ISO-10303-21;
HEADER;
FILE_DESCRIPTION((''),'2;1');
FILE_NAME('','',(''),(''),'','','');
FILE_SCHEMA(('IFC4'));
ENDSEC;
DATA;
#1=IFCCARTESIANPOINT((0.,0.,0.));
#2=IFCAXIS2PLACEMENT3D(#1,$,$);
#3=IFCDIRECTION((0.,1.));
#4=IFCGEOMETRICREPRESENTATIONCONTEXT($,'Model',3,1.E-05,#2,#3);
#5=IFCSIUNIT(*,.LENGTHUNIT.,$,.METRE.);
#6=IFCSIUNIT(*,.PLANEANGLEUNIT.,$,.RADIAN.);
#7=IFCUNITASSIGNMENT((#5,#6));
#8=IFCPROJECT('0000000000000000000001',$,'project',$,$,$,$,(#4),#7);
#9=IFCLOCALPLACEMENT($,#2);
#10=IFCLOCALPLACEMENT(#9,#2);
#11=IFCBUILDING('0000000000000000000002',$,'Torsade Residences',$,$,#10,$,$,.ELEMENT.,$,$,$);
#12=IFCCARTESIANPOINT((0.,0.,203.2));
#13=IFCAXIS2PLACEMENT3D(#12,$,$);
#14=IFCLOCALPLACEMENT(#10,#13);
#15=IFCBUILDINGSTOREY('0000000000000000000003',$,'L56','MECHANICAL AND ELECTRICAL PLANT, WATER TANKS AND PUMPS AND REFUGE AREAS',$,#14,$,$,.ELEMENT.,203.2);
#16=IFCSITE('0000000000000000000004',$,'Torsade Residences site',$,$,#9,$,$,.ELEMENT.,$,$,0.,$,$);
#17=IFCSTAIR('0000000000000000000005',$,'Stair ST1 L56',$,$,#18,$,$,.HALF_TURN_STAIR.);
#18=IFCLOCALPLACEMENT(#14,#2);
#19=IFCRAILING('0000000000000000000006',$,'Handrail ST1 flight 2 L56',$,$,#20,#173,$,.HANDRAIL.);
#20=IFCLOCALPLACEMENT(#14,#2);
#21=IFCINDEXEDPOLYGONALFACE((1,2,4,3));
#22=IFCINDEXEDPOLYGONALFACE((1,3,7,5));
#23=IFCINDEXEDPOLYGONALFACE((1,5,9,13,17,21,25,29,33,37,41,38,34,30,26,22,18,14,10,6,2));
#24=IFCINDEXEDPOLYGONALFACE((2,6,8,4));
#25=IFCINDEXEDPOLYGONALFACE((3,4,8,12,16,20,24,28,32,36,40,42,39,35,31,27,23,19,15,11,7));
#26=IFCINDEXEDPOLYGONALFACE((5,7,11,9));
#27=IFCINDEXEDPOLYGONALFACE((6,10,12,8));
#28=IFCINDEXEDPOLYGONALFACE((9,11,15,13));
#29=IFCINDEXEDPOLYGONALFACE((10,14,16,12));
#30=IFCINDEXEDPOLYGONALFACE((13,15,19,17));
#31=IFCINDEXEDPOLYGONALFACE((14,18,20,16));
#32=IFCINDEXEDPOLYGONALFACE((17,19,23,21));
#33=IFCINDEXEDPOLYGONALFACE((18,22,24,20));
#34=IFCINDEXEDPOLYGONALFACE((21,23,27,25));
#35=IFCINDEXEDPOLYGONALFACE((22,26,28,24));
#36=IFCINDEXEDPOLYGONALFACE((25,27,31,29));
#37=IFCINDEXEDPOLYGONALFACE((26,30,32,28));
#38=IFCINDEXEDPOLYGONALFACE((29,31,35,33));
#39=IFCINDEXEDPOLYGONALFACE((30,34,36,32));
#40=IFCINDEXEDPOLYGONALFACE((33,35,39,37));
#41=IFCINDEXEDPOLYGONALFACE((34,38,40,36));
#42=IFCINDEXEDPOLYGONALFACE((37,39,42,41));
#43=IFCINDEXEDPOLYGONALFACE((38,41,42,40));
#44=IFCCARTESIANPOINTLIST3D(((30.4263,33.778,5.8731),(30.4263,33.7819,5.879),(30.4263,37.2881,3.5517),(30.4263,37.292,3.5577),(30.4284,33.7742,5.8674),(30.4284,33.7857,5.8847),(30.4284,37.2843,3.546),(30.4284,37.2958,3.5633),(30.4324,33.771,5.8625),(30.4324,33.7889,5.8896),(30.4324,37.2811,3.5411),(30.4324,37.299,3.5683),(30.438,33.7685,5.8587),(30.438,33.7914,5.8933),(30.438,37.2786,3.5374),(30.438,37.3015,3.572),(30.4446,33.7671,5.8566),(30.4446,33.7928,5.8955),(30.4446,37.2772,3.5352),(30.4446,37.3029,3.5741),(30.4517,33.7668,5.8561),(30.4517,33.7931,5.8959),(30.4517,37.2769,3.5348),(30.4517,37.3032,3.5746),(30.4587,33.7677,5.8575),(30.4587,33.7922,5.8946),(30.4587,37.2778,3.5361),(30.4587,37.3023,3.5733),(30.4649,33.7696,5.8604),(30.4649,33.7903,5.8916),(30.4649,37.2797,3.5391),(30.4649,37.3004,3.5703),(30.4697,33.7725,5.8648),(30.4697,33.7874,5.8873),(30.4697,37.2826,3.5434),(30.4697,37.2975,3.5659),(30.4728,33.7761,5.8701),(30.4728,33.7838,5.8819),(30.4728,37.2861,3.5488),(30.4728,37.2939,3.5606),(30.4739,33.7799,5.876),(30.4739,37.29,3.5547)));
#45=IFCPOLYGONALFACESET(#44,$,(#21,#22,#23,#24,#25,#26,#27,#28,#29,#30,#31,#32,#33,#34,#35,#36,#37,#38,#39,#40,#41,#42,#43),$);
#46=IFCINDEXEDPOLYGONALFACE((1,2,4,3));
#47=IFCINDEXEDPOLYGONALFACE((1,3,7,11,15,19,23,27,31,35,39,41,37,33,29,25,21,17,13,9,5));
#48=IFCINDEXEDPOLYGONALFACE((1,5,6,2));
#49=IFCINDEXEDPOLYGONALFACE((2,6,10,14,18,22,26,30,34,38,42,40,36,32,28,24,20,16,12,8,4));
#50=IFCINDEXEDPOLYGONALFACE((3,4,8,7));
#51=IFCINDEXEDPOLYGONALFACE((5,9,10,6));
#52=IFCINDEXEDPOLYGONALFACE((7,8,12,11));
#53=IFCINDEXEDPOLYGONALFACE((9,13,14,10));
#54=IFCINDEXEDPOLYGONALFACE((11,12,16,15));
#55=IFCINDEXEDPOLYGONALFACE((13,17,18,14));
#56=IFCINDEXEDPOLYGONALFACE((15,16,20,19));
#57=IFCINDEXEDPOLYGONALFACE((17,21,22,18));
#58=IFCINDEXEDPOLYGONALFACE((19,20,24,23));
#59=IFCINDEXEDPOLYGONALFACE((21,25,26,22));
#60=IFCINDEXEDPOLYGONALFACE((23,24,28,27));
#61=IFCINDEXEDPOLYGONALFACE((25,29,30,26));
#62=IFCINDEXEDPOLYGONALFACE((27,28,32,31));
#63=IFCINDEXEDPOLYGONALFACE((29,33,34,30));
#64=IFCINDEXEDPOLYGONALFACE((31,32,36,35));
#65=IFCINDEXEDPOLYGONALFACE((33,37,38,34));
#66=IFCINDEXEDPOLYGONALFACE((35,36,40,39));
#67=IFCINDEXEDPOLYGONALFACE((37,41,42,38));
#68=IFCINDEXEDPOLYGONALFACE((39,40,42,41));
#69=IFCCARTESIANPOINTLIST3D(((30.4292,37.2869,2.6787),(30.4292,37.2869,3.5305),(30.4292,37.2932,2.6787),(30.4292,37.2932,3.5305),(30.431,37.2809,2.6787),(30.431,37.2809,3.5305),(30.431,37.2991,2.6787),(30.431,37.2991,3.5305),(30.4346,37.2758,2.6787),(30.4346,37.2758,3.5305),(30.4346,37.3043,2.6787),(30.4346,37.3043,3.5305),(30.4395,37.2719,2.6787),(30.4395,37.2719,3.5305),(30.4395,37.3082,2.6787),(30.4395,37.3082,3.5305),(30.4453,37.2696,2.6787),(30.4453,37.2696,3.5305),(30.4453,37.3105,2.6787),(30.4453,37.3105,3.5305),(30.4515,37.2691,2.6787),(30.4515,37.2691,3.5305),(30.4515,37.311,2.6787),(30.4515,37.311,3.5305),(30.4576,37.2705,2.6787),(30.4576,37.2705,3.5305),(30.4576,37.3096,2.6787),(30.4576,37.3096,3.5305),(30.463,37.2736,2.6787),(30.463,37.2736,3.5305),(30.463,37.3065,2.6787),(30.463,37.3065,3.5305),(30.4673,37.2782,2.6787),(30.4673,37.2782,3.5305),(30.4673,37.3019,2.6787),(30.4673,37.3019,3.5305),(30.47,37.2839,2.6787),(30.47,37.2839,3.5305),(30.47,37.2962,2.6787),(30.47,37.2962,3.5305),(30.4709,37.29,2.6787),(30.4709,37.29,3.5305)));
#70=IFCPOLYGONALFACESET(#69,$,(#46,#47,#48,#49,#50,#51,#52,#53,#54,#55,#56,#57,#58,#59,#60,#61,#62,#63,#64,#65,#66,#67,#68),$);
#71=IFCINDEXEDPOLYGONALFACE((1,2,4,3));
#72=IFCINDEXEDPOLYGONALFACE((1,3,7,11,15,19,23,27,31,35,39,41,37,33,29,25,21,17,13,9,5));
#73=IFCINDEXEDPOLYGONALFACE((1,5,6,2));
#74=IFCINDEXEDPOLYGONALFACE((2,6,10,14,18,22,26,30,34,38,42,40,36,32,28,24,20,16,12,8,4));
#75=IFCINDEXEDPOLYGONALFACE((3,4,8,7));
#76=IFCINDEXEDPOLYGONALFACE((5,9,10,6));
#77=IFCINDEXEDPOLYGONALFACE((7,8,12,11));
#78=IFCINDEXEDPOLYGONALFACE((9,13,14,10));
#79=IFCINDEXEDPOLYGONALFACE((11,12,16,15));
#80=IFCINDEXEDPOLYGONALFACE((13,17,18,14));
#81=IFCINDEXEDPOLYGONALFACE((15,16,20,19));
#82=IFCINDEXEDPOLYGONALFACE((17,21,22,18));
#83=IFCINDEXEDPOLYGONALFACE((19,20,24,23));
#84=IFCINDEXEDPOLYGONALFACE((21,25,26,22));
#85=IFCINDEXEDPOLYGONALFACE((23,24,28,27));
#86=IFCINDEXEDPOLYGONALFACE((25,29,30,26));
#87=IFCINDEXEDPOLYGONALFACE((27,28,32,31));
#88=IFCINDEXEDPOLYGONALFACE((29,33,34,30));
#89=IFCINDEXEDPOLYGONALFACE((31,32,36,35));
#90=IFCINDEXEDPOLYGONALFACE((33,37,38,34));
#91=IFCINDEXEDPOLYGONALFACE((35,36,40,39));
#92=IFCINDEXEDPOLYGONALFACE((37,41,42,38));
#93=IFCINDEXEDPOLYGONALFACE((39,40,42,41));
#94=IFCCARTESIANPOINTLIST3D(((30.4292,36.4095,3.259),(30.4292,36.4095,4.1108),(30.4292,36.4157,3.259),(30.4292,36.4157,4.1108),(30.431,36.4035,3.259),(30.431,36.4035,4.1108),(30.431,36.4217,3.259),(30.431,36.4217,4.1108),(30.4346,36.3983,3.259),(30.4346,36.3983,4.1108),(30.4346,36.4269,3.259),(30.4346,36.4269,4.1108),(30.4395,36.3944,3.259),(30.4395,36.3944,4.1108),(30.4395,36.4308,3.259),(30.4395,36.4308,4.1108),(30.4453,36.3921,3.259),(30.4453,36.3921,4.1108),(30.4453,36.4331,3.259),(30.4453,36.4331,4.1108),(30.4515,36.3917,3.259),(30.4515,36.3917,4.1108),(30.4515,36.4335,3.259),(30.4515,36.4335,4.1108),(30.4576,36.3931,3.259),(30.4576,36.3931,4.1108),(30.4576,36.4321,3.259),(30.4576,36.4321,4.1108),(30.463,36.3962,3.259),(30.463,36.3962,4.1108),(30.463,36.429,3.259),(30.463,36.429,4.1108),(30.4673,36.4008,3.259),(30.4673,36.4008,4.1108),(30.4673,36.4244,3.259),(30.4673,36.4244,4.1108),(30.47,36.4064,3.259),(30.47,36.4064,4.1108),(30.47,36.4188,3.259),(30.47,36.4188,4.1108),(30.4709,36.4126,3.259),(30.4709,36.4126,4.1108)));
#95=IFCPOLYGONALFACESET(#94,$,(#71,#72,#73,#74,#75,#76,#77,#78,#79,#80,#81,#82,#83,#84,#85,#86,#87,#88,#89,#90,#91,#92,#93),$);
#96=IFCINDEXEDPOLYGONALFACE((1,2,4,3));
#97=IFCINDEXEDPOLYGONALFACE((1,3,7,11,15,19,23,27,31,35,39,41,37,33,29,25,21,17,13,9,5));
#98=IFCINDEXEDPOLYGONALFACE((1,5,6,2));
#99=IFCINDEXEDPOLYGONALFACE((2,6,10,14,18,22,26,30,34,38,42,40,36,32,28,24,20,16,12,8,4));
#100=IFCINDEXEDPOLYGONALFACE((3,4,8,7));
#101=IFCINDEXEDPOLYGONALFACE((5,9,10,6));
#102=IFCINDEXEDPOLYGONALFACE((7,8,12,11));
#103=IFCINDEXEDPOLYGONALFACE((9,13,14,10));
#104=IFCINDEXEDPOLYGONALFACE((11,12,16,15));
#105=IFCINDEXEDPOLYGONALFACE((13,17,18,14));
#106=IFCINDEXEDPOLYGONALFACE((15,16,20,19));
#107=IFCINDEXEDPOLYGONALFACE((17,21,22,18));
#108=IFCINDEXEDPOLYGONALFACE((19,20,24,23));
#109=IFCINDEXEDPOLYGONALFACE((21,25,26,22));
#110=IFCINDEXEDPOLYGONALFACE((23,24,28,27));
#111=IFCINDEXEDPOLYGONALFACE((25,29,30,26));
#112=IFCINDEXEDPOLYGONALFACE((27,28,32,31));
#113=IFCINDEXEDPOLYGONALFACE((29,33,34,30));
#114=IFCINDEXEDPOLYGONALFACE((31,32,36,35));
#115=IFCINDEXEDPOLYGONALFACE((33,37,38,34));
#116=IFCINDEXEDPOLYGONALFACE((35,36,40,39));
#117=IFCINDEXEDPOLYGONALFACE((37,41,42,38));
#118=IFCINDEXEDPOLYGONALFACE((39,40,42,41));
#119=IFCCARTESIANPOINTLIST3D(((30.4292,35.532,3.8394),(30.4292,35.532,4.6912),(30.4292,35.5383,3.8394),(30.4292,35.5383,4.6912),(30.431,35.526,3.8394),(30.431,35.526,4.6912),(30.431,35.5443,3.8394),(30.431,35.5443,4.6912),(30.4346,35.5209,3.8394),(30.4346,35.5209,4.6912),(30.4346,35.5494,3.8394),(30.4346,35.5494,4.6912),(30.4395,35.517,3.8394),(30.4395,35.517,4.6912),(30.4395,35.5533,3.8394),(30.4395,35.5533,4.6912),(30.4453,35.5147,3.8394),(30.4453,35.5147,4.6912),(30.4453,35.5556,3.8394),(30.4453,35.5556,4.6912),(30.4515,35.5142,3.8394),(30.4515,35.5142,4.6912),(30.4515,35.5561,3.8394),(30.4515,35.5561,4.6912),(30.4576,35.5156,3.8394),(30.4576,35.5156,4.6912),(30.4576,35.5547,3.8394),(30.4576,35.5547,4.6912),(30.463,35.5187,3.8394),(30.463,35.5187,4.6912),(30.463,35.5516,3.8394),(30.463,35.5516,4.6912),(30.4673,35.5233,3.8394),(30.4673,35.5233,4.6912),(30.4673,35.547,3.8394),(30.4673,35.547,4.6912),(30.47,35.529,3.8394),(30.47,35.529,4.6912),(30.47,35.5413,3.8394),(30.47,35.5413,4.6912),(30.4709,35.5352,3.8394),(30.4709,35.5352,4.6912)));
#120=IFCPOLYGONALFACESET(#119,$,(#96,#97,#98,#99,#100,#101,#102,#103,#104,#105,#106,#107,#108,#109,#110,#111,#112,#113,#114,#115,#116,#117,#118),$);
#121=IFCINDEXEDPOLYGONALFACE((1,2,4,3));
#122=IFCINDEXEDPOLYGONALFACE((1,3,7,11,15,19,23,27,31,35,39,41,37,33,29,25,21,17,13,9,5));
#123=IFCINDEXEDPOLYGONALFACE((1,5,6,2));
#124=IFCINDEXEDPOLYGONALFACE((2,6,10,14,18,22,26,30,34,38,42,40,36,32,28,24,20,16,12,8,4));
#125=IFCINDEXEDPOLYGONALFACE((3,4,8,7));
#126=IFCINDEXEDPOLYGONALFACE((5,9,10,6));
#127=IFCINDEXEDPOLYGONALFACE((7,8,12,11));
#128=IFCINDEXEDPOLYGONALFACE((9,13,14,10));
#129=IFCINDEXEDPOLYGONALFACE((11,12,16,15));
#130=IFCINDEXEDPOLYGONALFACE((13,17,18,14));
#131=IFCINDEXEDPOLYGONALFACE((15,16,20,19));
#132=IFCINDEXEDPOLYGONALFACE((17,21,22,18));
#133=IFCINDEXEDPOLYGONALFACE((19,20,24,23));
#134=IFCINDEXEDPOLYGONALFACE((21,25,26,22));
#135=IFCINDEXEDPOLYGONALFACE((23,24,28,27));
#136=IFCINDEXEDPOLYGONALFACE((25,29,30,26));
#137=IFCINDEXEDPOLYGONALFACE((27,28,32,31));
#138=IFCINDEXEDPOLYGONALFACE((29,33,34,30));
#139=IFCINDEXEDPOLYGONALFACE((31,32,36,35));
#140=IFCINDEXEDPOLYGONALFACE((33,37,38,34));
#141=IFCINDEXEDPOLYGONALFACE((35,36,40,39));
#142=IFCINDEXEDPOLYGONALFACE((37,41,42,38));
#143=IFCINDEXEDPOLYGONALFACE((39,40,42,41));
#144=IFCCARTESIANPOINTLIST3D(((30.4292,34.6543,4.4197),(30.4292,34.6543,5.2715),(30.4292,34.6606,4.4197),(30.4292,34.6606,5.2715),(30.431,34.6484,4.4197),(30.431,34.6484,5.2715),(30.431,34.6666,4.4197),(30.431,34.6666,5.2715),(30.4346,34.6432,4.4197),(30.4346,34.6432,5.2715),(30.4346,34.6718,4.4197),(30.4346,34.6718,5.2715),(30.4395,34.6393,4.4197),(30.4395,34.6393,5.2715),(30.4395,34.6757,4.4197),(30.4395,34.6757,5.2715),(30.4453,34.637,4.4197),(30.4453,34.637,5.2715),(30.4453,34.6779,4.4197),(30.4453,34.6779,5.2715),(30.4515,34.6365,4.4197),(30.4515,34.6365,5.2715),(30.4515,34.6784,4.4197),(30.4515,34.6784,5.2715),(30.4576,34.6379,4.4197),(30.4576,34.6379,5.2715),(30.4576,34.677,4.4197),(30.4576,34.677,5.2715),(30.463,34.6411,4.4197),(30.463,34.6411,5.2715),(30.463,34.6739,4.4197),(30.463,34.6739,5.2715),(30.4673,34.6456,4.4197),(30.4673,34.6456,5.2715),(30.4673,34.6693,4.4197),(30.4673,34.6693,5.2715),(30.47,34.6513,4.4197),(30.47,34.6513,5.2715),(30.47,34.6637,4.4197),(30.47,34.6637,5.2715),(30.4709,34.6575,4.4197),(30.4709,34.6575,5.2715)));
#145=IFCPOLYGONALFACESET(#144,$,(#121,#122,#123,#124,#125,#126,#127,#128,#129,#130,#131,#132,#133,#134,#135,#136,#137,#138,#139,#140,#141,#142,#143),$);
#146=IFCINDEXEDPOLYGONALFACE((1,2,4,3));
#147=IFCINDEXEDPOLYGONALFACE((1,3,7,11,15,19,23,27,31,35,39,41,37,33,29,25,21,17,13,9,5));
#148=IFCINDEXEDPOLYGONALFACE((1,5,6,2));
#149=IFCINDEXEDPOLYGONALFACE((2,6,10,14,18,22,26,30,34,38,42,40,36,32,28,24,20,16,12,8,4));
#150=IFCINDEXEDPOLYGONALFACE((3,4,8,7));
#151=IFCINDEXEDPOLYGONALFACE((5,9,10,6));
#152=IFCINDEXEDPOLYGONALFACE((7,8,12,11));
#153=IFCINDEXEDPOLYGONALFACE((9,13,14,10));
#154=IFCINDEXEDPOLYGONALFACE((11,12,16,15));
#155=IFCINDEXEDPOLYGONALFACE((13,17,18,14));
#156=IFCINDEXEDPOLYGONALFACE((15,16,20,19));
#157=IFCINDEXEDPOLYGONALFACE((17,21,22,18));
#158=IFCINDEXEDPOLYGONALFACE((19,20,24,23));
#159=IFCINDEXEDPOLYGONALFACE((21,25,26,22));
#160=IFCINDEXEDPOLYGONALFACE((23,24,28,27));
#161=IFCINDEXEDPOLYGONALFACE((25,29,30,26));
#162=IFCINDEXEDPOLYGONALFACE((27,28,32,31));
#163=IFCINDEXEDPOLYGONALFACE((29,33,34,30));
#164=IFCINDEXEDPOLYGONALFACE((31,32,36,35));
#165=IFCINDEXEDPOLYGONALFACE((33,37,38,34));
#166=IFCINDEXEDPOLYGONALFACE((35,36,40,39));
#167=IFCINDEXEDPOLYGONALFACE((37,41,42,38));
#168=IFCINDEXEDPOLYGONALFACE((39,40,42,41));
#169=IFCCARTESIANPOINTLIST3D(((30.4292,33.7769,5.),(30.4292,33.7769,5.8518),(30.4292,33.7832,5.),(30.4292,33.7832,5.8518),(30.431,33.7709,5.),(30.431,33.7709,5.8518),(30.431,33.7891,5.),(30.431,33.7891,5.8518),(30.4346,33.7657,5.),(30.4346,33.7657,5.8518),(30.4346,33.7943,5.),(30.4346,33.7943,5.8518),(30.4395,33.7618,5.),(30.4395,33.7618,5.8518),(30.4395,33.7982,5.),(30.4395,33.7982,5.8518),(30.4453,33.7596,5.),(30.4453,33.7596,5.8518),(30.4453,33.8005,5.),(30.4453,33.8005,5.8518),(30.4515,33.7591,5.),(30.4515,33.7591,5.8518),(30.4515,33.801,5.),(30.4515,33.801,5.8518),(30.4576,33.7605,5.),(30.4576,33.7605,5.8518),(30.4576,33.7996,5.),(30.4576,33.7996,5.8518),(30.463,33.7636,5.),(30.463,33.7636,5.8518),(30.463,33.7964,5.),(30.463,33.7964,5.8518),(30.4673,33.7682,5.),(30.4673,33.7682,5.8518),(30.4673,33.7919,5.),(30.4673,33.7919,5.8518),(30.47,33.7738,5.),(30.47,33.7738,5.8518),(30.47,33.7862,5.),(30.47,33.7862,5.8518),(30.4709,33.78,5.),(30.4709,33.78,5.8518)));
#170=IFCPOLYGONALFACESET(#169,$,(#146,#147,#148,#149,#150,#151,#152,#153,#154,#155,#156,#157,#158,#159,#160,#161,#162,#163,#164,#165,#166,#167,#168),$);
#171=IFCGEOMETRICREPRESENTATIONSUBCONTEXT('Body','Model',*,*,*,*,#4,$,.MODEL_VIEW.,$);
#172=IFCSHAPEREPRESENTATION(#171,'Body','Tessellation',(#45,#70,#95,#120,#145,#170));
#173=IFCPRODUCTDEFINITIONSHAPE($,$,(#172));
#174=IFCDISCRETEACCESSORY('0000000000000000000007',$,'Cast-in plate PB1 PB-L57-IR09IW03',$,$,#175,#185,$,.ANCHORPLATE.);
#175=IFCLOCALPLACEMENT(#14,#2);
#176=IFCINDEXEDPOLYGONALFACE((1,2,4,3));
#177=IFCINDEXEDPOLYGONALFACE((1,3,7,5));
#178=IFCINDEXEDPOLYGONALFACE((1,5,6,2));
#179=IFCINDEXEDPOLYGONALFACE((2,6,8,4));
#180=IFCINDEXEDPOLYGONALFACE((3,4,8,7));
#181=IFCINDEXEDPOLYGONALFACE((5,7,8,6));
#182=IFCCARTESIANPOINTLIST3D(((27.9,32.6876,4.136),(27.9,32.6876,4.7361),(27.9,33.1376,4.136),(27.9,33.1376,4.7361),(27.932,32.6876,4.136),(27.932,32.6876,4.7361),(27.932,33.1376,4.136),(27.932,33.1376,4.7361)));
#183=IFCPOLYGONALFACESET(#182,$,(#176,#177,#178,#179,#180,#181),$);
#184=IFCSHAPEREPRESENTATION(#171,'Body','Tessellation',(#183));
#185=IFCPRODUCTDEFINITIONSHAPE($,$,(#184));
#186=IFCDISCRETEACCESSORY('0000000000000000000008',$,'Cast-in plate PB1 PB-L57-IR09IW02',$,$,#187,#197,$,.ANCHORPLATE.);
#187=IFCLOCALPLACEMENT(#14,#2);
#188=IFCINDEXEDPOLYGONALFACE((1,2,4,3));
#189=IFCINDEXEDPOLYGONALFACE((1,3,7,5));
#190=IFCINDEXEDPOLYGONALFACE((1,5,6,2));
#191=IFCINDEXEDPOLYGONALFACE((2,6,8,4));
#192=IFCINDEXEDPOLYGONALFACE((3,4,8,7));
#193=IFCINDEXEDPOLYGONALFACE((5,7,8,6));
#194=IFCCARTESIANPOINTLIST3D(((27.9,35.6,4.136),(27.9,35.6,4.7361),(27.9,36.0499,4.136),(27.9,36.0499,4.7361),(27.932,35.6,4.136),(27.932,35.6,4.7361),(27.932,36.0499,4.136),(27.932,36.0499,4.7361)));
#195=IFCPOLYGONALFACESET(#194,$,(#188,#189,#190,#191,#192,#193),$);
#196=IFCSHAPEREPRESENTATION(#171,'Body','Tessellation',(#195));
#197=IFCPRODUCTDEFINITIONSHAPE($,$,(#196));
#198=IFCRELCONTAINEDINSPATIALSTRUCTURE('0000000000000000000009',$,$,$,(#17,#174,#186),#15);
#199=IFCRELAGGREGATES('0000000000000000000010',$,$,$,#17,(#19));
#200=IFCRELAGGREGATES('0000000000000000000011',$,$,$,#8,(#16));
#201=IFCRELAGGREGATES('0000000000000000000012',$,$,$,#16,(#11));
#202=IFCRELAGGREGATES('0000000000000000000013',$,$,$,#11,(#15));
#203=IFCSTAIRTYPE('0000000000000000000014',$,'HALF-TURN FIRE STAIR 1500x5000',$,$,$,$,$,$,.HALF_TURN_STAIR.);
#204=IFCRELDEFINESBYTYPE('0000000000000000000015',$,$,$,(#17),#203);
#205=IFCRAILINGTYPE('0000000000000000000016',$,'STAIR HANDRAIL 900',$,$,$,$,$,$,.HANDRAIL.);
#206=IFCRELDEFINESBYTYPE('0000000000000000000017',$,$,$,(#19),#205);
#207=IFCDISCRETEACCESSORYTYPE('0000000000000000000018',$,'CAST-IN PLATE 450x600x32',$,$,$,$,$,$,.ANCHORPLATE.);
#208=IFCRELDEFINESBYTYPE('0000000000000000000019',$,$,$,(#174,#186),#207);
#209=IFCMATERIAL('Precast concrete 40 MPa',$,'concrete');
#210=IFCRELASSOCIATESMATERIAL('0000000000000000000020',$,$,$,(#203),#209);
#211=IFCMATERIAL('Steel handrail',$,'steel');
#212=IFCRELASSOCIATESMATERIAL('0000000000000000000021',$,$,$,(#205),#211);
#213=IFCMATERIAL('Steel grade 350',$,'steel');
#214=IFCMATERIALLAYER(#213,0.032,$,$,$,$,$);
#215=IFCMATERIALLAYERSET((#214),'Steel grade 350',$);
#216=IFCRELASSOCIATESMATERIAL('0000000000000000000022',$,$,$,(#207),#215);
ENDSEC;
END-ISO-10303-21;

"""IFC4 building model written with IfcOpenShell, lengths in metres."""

from ifc_helpers import new_model, si_unit, direction, frame, origin, origin_2d, place, context, subcontext, project, spatial, rectangle, circle, extrude, material, layer, layer_set, type_object, element, aggregate, save


model = new_model("IFC4")

# Units and contexts
model_context = context("Model", 3, precision=1e-05, world=origin(), true_north=direction((0.0, 1.0)))
body_context = subcontext(model_context, "Body", "Model", "MODEL_VIEW")
ifc_project = project(units=[si_unit("LENGTHUNIT", "METRE"), si_unit("PLANEANGLEUNIT", "RADIAN")], contexts=[model_context])

# Site, building, storey
site_placement = place(None, origin())
site = spatial("IfcSite", under=ifc_project, at=site_placement, Name="Torsade Residences site", CompositionType="ELEMENT", RefElevation=0.0)
building_placement = place(site_placement, origin())
building = spatial("IfcBuilding", under=site, at=building_placement, Name="Torsade Residences", CompositionType="ELEMENT")
storey_placement = place(building_placement, frame((0.0, 0.0, 203.2)))
storey = spatial("IfcBuildingStorey", under=building, at=storey_placement, Name="L56", Description="MECHANICAL AND ELECTRICAL PLANT, WATER TANKS AND PUMPS AND REFUGE AREAS", CompositionType="ELEMENT", Elevation=203.2)

# Stair, railing
ifc_material_1 = material(Name="Precast concrete 40 MPa", Category="concrete")
stair_type = type_object("IfcStairType", Name="HALF-TURN FIRE STAIR 1500x5000", PredefinedType="HALF_TURN_STAIR", material=ifc_material_1)
stair_placement = place(storey_placement, origin())
stair = element("IfcStair", 1, at=stair_placement, inside=storey, type_object=stair_type, Name="Stair ST1 L56", PredefinedType="HALF_TURN_STAIR")
ifc_material_2 = material(Name="Steel handrail", Category="steel")
railing_type = type_object("IfcRailingType", Name="STAIR HANDRAIL 900", PredefinedType="HANDRAIL", material=ifc_material_2)
railing_1_placement = place(storey_placement, frame((30.45, 37.29, 2.6787)))
railing_1 = element("IfcRailing", 2, at=railing_1_placement, type_object=railing_type, Name="Handrail ST1 flight 2 L56", PredefinedType="HANDRAIL", context=body_context, shape_type="SweptSolid", body=[
    extrude(circle(Radius=0.0239, at=origin_2d()), frame((0.0, 0.0, 0.876), z_axis=(0.0, -0.834097, 0.551617), x_axis=(1.0, 0.0, 0.0)), (0.0, 0.0, 1.0), 4.2083),
    extrude(circle(Radius=0.021, at=origin_2d()), origin(), (0.0, 0.0, 1.0), 0.8518),
    extrude(circle(Radius=0.021, at=origin_2d()), frame((0.0, -0.8774, 0.5803)), (0.0, 0.0, 1.0), 0.8518),
    extrude(circle(Radius=0.021, at=origin_2d()), frame((0.0, -1.7549, 1.1606)), (0.0, 0.0, 1.0), 0.8518),
    extrude(circle(Radius=0.021, at=origin_2d()), frame((0.0, -2.6326, 1.741)), (0.0, 0.0, 1.0), 0.8518),
    extrude(circle(Radius=0.021, at=origin_2d()), frame((0.0, -3.51, 2.3213)), (0.0, 0.0, 1.0), 0.8518),
])
aggregate(stair, [railing_1])

# Discrete accessories
ifc_material_3 = material(Name="Steel grade 350", Category="steel")
ifc_layer_1 = layer(ifc_material_3, 0.032)
ifc_layer_set_1 = layer_set([ifc_layer_1], Name="Steel grade 350")
discrete_accessory_type = type_object("IfcDiscreteAccessoryType", Name="CAST-IN PLATE 450x600x32", PredefinedType="ANCHORPLATE", material=ifc_layer_set_1)
for number, where, z_axis, x_axis, name in (
    (3, (27.916, 32.9126, 4.136), (0.0, 0.0, 1.0), (1.0, 0.0, 0.0), "Cast-in plate PB1 PB-L57-IR09IW03"),
    (4, (27.916, 35.825, 4.136), (0.0, 0.0, 1.0), (1.0, 0.0, 0.0), "Cast-in plate PB1 PB-L57-IR09IW02"),
):
    element("IfcDiscreteAccessory", number, at=place(storey_placement, frame(where, z_axis=z_axis, x_axis=x_axis)), inside=storey, type_object=discrete_accessory_type, Name=name, PredefinedType="ANCHORPLATE", context=body_context, shape_type="SweptSolid", body=[
        extrude(rectangle(XDim=0.032, YDim=0.45, at=origin_2d()), origin(), (0.0, 0.0, 1.0), 0.6001),
    ])

save(model, "model.ifc")
